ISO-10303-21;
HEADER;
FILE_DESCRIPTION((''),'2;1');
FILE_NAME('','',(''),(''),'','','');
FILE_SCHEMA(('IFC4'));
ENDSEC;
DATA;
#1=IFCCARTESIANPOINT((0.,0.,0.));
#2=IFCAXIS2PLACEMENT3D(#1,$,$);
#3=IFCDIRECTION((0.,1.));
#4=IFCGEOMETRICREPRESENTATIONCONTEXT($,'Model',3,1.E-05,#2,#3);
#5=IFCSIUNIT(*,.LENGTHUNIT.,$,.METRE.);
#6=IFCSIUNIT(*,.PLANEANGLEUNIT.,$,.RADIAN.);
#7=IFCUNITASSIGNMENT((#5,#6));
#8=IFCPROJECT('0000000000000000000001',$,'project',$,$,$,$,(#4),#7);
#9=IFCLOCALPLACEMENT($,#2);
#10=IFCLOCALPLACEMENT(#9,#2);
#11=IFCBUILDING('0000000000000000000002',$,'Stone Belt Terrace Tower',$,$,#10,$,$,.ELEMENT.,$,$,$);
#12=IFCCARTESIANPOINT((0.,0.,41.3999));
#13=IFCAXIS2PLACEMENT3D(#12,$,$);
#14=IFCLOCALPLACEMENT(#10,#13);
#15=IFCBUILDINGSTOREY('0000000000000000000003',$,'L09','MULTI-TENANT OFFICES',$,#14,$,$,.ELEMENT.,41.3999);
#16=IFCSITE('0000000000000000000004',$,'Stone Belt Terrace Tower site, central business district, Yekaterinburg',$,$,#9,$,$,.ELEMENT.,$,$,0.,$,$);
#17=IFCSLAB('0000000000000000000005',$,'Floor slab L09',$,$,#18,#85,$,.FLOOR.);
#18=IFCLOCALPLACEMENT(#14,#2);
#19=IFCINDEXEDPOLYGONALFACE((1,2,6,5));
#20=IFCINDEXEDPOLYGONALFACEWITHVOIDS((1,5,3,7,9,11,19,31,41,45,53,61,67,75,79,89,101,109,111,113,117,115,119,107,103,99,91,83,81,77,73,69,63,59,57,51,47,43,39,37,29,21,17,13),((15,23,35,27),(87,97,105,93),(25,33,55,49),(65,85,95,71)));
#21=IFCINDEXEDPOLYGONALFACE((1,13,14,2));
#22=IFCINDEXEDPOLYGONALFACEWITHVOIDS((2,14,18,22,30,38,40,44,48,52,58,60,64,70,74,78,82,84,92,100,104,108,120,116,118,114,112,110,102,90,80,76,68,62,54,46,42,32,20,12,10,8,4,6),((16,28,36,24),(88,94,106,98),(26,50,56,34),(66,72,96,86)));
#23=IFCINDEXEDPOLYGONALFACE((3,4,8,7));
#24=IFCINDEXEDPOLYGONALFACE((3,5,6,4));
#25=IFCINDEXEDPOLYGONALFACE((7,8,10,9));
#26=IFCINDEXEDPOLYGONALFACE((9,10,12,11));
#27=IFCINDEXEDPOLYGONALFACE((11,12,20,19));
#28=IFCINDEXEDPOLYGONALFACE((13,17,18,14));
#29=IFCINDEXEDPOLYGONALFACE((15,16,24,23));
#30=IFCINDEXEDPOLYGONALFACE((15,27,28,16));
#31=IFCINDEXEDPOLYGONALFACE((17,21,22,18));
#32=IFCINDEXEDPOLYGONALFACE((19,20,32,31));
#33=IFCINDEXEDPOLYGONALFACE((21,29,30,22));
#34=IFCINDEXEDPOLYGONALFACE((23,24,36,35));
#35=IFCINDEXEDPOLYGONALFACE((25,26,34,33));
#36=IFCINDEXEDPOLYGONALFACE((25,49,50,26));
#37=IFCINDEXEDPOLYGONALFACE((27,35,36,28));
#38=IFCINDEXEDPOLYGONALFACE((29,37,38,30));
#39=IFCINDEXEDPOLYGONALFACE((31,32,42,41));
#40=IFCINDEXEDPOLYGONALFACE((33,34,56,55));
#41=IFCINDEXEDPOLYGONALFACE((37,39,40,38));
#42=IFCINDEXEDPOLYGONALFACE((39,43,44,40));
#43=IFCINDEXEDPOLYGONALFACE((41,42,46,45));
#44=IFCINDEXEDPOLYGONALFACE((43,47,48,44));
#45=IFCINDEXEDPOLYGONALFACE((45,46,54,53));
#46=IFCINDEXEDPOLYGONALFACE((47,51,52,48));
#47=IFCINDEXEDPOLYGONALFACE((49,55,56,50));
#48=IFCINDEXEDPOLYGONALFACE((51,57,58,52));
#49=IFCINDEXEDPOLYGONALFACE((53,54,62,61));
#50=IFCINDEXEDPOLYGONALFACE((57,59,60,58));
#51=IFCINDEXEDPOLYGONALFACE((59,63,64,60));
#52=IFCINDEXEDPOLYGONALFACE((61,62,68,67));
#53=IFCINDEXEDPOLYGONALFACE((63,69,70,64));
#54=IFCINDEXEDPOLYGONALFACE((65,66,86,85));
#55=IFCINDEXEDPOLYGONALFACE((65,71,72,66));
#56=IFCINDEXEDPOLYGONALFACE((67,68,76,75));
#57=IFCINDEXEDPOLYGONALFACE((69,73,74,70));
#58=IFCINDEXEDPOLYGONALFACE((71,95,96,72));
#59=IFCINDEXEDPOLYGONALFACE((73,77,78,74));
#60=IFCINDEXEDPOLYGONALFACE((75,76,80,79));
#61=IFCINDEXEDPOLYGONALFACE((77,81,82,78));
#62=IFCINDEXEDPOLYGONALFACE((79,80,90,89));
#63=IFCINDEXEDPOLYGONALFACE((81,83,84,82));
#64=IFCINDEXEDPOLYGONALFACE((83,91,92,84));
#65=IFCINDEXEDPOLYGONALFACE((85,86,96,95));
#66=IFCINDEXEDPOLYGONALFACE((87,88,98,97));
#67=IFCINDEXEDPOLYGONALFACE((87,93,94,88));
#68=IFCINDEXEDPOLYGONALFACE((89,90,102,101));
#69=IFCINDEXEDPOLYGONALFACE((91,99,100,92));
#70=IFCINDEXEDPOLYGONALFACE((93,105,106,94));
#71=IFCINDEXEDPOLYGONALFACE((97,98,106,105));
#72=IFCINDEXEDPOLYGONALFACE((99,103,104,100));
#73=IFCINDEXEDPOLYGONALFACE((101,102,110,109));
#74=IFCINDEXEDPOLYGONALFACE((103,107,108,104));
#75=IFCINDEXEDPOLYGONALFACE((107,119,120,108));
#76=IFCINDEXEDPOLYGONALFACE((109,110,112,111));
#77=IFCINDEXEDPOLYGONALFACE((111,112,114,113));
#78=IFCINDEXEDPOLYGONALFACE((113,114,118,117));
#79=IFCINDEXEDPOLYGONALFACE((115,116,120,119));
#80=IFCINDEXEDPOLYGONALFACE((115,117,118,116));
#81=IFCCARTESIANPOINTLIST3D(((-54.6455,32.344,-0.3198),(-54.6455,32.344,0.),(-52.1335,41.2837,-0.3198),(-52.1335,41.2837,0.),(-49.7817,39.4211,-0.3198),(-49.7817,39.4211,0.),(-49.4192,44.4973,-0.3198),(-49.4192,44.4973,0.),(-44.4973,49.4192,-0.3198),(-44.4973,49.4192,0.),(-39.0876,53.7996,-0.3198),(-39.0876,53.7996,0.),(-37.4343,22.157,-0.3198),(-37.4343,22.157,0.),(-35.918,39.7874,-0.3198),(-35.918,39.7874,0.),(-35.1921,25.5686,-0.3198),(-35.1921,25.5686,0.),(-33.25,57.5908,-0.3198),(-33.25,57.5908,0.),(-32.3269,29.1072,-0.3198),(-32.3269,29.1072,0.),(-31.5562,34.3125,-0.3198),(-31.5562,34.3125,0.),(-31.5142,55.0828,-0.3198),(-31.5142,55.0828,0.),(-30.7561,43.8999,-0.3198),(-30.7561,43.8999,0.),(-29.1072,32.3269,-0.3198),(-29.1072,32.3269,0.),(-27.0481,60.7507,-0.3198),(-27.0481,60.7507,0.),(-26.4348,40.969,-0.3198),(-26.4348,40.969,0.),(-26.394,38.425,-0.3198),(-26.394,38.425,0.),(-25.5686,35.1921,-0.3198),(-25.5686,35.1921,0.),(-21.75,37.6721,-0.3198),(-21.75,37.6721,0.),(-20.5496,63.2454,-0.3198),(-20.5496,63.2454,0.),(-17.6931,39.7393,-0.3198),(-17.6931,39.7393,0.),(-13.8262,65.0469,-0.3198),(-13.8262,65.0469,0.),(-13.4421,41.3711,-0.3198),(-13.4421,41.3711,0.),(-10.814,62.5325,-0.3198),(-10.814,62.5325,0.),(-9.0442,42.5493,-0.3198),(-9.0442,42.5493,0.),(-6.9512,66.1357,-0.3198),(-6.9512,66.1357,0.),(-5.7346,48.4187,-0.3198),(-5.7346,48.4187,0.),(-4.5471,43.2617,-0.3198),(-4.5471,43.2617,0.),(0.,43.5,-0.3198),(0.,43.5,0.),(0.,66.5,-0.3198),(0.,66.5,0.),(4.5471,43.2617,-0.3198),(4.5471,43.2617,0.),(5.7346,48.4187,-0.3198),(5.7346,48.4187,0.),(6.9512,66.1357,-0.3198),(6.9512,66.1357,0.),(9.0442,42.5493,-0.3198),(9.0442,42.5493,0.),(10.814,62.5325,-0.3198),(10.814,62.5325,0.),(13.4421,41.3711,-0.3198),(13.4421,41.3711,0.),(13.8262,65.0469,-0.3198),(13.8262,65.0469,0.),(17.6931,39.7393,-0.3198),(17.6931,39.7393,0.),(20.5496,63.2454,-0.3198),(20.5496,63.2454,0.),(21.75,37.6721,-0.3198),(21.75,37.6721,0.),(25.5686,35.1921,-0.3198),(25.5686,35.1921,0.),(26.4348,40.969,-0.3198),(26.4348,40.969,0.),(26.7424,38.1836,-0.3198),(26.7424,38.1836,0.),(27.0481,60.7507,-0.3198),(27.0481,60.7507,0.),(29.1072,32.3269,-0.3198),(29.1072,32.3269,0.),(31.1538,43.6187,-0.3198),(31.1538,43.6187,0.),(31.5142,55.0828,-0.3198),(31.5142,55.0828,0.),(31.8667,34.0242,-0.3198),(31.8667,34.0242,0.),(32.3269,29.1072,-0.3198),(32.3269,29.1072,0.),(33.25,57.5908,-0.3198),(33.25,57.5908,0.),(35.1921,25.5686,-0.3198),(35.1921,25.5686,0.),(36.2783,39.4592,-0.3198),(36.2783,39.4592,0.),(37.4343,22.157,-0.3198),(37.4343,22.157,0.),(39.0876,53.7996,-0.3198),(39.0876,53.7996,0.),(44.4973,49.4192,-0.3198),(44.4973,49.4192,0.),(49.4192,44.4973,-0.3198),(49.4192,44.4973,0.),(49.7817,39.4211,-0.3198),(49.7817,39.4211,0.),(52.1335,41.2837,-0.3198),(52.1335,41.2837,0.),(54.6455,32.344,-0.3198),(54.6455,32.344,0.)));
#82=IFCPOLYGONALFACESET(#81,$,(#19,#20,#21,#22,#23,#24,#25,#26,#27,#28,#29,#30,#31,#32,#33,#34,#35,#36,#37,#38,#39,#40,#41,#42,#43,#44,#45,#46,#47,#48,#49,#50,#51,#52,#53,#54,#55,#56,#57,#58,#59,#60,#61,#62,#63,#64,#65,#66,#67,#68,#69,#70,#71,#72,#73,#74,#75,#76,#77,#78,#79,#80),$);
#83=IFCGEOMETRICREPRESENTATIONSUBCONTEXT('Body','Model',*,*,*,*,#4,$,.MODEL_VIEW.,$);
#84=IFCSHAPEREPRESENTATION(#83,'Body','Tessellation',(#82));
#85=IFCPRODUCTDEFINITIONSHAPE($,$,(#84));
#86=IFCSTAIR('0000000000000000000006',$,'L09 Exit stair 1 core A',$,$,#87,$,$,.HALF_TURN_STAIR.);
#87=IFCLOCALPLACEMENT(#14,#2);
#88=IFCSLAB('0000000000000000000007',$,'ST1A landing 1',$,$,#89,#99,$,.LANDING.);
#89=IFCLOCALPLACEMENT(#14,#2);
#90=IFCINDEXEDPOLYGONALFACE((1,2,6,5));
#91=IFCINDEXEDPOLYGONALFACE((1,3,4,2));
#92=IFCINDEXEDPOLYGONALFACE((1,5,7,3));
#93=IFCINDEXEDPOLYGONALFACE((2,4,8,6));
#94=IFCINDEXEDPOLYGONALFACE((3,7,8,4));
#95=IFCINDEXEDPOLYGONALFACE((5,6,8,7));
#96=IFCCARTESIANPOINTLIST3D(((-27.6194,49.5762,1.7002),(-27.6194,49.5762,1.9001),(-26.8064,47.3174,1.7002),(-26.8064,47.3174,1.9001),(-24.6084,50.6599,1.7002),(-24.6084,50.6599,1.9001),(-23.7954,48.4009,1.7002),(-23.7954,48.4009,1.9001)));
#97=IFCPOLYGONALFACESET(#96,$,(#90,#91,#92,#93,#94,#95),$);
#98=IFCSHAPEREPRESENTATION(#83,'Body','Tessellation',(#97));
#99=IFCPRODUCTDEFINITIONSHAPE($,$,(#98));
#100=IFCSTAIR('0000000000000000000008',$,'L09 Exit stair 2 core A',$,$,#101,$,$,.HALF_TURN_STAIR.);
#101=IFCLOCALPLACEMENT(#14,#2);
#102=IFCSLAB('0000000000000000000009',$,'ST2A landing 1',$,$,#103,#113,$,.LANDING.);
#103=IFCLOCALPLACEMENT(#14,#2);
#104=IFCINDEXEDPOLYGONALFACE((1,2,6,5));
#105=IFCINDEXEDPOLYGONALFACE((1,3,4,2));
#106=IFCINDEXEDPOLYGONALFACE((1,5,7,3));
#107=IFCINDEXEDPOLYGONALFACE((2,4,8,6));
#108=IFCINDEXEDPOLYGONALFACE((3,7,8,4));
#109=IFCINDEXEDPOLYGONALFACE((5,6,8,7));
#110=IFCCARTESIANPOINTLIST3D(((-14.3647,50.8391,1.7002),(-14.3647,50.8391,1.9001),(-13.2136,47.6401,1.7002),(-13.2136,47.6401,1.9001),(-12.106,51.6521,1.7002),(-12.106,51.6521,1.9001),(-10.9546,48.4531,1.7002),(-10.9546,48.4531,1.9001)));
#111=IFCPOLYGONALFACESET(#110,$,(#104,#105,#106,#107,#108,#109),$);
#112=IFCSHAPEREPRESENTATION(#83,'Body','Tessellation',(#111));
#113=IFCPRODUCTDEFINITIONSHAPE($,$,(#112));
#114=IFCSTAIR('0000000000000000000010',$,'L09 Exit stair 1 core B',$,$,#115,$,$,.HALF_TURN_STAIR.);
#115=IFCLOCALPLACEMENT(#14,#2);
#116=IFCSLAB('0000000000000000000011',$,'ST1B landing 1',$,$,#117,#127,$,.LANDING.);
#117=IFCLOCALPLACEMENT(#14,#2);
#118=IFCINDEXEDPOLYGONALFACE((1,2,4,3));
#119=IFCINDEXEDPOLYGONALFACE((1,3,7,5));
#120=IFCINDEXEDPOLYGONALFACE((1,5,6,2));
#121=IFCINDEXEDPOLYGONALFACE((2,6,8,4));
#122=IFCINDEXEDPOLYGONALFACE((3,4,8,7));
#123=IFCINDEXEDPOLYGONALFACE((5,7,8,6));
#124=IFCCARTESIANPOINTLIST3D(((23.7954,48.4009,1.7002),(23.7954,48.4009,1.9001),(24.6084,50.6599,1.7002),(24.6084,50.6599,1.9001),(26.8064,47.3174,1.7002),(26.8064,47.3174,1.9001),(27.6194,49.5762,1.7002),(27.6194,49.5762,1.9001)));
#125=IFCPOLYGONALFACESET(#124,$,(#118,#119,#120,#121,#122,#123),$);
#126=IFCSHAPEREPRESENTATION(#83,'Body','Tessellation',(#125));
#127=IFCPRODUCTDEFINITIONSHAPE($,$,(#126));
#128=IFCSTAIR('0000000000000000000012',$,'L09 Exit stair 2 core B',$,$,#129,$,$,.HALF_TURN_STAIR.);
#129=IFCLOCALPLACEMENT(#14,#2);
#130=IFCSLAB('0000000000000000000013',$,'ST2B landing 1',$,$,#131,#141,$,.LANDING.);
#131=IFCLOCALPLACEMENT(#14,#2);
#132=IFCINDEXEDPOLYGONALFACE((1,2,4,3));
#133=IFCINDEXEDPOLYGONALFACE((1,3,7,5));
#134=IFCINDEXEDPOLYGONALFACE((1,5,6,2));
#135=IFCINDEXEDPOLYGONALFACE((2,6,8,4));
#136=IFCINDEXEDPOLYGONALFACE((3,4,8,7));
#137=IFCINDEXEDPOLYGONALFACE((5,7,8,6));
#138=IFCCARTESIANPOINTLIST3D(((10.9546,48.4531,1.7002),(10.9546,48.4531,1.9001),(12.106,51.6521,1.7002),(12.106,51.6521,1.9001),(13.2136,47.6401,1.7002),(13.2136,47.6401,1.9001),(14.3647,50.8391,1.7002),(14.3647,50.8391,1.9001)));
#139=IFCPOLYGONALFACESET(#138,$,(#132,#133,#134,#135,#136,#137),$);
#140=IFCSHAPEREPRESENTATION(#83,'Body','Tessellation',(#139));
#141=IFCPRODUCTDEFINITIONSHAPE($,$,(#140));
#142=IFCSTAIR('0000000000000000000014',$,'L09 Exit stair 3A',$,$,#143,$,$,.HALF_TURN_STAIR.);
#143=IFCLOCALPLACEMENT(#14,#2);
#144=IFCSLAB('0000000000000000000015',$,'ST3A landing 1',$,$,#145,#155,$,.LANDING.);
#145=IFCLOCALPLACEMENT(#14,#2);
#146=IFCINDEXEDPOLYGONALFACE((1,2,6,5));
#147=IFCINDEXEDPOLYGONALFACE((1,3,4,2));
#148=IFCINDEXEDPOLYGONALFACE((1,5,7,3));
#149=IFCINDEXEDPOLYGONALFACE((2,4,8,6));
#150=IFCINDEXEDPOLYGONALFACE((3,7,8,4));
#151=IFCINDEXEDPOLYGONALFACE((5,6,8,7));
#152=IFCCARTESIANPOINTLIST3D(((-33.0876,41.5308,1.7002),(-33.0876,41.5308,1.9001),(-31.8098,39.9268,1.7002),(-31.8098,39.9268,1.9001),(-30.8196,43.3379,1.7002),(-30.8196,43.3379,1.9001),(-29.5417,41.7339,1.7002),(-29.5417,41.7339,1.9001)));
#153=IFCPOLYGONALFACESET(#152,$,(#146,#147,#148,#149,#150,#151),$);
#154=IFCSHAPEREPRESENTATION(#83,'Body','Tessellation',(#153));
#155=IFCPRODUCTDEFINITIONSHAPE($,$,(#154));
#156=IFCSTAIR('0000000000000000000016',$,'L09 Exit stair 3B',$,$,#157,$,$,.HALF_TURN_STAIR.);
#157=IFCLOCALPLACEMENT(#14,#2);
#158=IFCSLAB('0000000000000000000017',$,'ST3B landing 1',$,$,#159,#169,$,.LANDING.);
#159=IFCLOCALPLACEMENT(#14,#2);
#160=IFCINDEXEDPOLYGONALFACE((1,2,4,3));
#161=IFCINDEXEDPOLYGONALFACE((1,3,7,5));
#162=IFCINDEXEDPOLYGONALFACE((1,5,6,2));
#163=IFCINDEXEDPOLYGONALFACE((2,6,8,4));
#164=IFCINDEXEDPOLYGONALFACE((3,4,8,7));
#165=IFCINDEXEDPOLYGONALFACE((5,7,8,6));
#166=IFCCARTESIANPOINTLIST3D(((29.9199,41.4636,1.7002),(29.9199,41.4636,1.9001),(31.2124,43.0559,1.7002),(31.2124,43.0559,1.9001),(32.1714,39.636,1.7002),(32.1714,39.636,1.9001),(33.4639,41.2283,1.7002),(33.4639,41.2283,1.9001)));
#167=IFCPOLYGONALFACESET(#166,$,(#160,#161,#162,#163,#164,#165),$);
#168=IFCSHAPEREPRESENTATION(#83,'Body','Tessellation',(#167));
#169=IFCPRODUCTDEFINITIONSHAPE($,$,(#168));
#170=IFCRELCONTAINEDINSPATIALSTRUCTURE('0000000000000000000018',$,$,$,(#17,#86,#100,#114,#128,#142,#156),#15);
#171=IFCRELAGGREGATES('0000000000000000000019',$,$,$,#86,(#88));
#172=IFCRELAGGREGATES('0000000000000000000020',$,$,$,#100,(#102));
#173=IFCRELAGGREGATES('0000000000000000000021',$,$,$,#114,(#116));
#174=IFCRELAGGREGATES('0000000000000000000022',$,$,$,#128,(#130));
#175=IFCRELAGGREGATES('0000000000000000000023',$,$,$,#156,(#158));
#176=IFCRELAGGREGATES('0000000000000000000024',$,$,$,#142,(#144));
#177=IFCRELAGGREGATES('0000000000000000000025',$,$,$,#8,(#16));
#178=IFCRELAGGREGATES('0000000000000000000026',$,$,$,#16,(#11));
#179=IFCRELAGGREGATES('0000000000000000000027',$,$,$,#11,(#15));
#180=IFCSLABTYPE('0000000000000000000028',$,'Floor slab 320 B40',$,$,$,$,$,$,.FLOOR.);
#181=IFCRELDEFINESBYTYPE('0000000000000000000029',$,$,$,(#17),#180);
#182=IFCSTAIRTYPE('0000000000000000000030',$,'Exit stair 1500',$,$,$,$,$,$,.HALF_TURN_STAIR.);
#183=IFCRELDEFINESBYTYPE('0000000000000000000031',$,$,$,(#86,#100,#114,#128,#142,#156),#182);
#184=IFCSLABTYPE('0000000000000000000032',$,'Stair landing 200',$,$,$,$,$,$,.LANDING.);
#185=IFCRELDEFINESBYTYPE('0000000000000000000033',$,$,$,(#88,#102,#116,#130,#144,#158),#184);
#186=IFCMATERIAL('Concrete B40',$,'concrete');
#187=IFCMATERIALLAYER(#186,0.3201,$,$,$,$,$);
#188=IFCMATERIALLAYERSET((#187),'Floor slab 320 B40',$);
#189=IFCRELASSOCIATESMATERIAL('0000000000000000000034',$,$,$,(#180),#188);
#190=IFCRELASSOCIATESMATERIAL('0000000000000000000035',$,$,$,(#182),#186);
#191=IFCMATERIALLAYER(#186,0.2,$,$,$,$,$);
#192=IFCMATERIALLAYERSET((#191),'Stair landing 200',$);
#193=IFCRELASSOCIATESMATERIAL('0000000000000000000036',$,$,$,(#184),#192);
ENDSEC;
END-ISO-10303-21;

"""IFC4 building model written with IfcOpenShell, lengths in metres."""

from ifc_helpers import new_model, si_unit, direction, frame, origin, place, context, subcontext, project, spatial, polyline, outline, extrude, material, layer, layer_set, type_object, element, aggregate, save


model = new_model("IFC4")

# Units and contexts
model_context = context("Model", 3, precision=1e-05, world=origin(), true_north=direction((0.0, 1.0)))
body_context = subcontext(model_context, "Body", "Model", "MODEL_VIEW")
ifc_project = project(units=[si_unit("LENGTHUNIT", "METRE"), si_unit("PLANEANGLEUNIT", "RADIAN")], contexts=[model_context])

# Site, building, storey
site_placement = place(None, origin())
site = spatial("IfcSite", under=ifc_project, at=site_placement, Name="Stone Belt Terrace Tower site, central business district, Yekaterinburg", CompositionType="ELEMENT", RefElevation=0.0)
building_placement = place(site_placement, origin())
building = spatial("IfcBuilding", under=site, at=building_placement, Name="Stone Belt Terrace Tower", CompositionType="ELEMENT")
storey_placement = place(building_placement, frame((0.0, 0.0, 41.3999)))
storey = spatial("IfcBuildingStorey", under=building, at=storey_placement, Name="L09", Description="MULTI-TENANT OFFICES", CompositionType="ELEMENT", Elevation=41.3999)

# Slab
ifc_material_1 = material(Name="Concrete B40", Category="concrete")
ifc_layer_1 = layer(ifc_material_1, 0.3201)
ifc_layer_set_1 = layer_set([ifc_layer_1], Name="Floor slab 320 B40")
slab_type_1 = type_object("IfcSlabType", Name="Floor slab 320 B40", PredefinedType="FLOOR", material=ifc_layer_set_1)
slab_1_placement = place(storey_placement, frame((0.0, 0.0, -0.3198)))
element("IfcSlab", 1, at=slab_1_placement, inside=storey, type_object=slab_type_1, Name="Floor slab L09", PredefinedType="FLOOR", context=body_context, shape_type="SweptSolid", body=[
    extrude(outline(polyline([(-49.4192, 44.4973), (-44.4973, 49.4192), (-39.0876, 53.7996), (-33.25, 57.5908), (-27.0481, 60.7507), (-20.5496, 63.2454), (-13.8262, 65.0469), (-6.9512, 66.1357), (0.0, 66.5), (6.9512, 66.1357), (13.8262, 65.0469), (20.5496, 63.2454), (27.0481, 60.7507), (33.25, 57.5908), (39.0876, 53.7996), (44.4973, 49.4192), (49.4192, 44.4973), (52.1335, 41.2837), (49.7817, 39.4211), (54.6455, 32.344), (37.4343, 22.157), (35.1921, 25.5686), (32.3269, 29.1072), (29.1072, 32.3269), (25.5686, 35.1921), (21.75, 37.6721), (17.6931, 39.7393), (13.4421, 41.3711), (9.0442, 42.5493), (4.5471, 43.2617), (0.0, 43.5), (-4.5471, 43.2617), (-9.0442, 42.5493), (-13.4421, 41.3711), (-17.6931, 39.7393), (-21.75, 37.6721), (-25.5686, 35.1921), (-29.1072, 32.3269), (-32.3269, 29.1072), (-35.1921, 25.5686), (-37.4343, 22.157), (-54.6455, 32.344), (-49.7817, 39.4211), (-52.1335, 41.2837), (-49.4192, 44.4973)]), holes=[polyline([(-26.4348, 40.969), (-5.7346, 48.4187), (-10.814, 62.5325), (-31.5142, 55.0828), (-26.4348, 40.969)]), polyline([(10.814, 62.5325), (5.7346, 48.4187), (26.4348, 40.969), (31.5142, 55.0828), (10.814, 62.5325)]), polyline([(-35.918, 39.7874), (-31.5562, 34.3125), (-26.394, 38.425), (-30.7561, 43.8999), (-35.918, 39.7874)]), polyline([(36.2783, 39.4592), (31.1538, 43.6187), (26.7424, 38.1836), (31.8667, 34.0242), (36.2783, 39.4592)])]), origin(), (0.0, 0.0, 1.0), 0.3198),
])

# Stairs, slabs
stair_type = type_object("IfcStairType", Name="Exit stair 1500", PredefinedType="HALF_TURN_STAIR", material=ifc_material_1)
stair_1_placement = place(storey_placement, origin())
stair_1 = element("IfcStair", 2, at=stair_1_placement, inside=storey, type_object=stair_type, Name="L09 Exit stair 1 core A", PredefinedType="HALF_TURN_STAIR")
ifc_layer_2 = layer(ifc_material_1, 0.2)
ifc_layer_set_2 = layer_set([ifc_layer_2], Name="Stair landing 200")
slab_type_2 = type_object("IfcSlabType", Name="Stair landing 200", PredefinedType="LANDING", material=ifc_layer_set_2)
slab_2_placement = place(storey_placement, frame((0.0, 0.0, 1.7002)))
slab_2 = element("IfcSlab", 3, at=slab_2_placement, type_object=slab_type_2, Name="ST1A landing 1", PredefinedType="LANDING", context=body_context, shape_type="SweptSolid", body=[
    extrude(outline(polyline([(-23.7954, 48.4009), (-24.6084, 50.6599), (-27.6194, 49.5762), (-26.8064, 47.3174), (-23.7954, 48.4009)])), origin(), (0.0, 0.0, 1.0), 0.2),
])
aggregate(stair_1, [slab_2])
stair_2_placement = place(storey_placement, origin())
stair_2 = element("IfcStair", 4, at=stair_2_placement, inside=storey, type_object=stair_type, Name="L09 Exit stair 2 core A", PredefinedType="HALF_TURN_STAIR")
slab_3_placement = place(storey_placement, frame((0.0, 0.0, 1.7002)))
slab_3 = element("IfcSlab", 5, at=slab_3_placement, type_object=slab_type_2, Name="ST2A landing 1", PredefinedType="LANDING", context=body_context, shape_type="SweptSolid", body=[
    extrude(outline(polyline([(-13.2136, 47.6401), (-10.9546, 48.4531), (-12.106, 51.6521), (-14.3647, 50.8391), (-13.2136, 47.6401)])), origin(), (0.0, 0.0, 1.0), 0.2),
])
aggregate(stair_2, [slab_3])
stair_3_placement = place(storey_placement, origin())
stair_3 = element("IfcStair", 6, at=stair_3_placement, inside=storey, type_object=stair_type, Name="L09 Exit stair 1 core B", PredefinedType="HALF_TURN_STAIR")
slab_4_placement = place(storey_placement, frame((0.0, 0.0, 1.7002)))
slab_4 = element("IfcSlab", 7, at=slab_4_placement, type_object=slab_type_2, Name="ST1B landing 1", PredefinedType="LANDING", context=body_context, shape_type="SweptSolid", body=[
    extrude(outline(polyline([(26.8064, 47.3174), (27.6194, 49.5762), (24.6084, 50.6599), (23.7954, 48.4009), (26.8064, 47.3174)])), origin(), (0.0, 0.0, 1.0), 0.2),
])
aggregate(stair_3, [slab_4])
stair_4_placement = place(storey_placement, origin())
stair_4 = element("IfcStair", 8, at=stair_4_placement, inside=storey, type_object=stair_type, Name="L09 Exit stair 2 core B", PredefinedType="HALF_TURN_STAIR")
slab_5_placement = place(storey_placement, frame((0.0, 0.0, 1.7002)))
slab_5 = element("IfcSlab", 9, at=slab_5_placement, type_object=slab_type_2, Name="ST2B landing 1", PredefinedType="LANDING", context=body_context, shape_type="SweptSolid", body=[
    extrude(outline(polyline([(14.3647, 50.8391), (12.106, 51.6521), (10.9546, 48.4531), (13.2136, 47.6401), (14.3647, 50.8391)])), origin(), (0.0, 0.0, 1.0), 0.2),
])
aggregate(stair_4, [slab_5])
stair_5_placement = place(storey_placement, origin())
stair_5 = element("IfcStair", 10, at=stair_5_placement, inside=storey, type_object=stair_type, Name="L09 Exit stair 3A", PredefinedType="HALF_TURN_STAIR")
slab_6_placement = place(storey_placement, frame((0.0, 0.0, 1.7002)))
slab_6 = element("IfcSlab", 11, at=slab_6_placement, type_object=slab_type_2, Name="ST3A landing 1", PredefinedType="LANDING", context=body_context, shape_type="SweptSolid", body=[
    extrude(outline(polyline([(-29.5417, 41.7339), (-30.8196, 43.3379), (-33.0876, 41.5308), (-31.8098, 39.9268), (-29.5417, 41.7339)])), origin(), (0.0, 0.0, 1.0), 0.2),
])
stair_6_placement = place(storey_placement, origin())
stair_6 = element("IfcStair", 12, at=stair_6_placement, inside=storey, type_object=stair_type, Name="L09 Exit stair 3B", PredefinedType="HALF_TURN_STAIR")
slab_7_placement = place(storey_placement, frame((0.0, 0.0, 1.7002)))
slab_7 = element("IfcSlab", 13, at=slab_7_placement, type_object=slab_type_2, Name="ST3B landing 1", PredefinedType="LANDING", context=body_context, shape_type="SweptSolid", body=[
    extrude(outline(polyline([(32.1714, 39.636), (33.4639, 41.2283), (31.2124, 43.0559), (29.9199, 41.4636), (32.1714, 39.636)])), origin(), (0.0, 0.0, 1.0), 0.2),
])
aggregate(stair_6, [slab_7])

aggregate(stair_5, [slab_6])

save(model, "model.ifc")
